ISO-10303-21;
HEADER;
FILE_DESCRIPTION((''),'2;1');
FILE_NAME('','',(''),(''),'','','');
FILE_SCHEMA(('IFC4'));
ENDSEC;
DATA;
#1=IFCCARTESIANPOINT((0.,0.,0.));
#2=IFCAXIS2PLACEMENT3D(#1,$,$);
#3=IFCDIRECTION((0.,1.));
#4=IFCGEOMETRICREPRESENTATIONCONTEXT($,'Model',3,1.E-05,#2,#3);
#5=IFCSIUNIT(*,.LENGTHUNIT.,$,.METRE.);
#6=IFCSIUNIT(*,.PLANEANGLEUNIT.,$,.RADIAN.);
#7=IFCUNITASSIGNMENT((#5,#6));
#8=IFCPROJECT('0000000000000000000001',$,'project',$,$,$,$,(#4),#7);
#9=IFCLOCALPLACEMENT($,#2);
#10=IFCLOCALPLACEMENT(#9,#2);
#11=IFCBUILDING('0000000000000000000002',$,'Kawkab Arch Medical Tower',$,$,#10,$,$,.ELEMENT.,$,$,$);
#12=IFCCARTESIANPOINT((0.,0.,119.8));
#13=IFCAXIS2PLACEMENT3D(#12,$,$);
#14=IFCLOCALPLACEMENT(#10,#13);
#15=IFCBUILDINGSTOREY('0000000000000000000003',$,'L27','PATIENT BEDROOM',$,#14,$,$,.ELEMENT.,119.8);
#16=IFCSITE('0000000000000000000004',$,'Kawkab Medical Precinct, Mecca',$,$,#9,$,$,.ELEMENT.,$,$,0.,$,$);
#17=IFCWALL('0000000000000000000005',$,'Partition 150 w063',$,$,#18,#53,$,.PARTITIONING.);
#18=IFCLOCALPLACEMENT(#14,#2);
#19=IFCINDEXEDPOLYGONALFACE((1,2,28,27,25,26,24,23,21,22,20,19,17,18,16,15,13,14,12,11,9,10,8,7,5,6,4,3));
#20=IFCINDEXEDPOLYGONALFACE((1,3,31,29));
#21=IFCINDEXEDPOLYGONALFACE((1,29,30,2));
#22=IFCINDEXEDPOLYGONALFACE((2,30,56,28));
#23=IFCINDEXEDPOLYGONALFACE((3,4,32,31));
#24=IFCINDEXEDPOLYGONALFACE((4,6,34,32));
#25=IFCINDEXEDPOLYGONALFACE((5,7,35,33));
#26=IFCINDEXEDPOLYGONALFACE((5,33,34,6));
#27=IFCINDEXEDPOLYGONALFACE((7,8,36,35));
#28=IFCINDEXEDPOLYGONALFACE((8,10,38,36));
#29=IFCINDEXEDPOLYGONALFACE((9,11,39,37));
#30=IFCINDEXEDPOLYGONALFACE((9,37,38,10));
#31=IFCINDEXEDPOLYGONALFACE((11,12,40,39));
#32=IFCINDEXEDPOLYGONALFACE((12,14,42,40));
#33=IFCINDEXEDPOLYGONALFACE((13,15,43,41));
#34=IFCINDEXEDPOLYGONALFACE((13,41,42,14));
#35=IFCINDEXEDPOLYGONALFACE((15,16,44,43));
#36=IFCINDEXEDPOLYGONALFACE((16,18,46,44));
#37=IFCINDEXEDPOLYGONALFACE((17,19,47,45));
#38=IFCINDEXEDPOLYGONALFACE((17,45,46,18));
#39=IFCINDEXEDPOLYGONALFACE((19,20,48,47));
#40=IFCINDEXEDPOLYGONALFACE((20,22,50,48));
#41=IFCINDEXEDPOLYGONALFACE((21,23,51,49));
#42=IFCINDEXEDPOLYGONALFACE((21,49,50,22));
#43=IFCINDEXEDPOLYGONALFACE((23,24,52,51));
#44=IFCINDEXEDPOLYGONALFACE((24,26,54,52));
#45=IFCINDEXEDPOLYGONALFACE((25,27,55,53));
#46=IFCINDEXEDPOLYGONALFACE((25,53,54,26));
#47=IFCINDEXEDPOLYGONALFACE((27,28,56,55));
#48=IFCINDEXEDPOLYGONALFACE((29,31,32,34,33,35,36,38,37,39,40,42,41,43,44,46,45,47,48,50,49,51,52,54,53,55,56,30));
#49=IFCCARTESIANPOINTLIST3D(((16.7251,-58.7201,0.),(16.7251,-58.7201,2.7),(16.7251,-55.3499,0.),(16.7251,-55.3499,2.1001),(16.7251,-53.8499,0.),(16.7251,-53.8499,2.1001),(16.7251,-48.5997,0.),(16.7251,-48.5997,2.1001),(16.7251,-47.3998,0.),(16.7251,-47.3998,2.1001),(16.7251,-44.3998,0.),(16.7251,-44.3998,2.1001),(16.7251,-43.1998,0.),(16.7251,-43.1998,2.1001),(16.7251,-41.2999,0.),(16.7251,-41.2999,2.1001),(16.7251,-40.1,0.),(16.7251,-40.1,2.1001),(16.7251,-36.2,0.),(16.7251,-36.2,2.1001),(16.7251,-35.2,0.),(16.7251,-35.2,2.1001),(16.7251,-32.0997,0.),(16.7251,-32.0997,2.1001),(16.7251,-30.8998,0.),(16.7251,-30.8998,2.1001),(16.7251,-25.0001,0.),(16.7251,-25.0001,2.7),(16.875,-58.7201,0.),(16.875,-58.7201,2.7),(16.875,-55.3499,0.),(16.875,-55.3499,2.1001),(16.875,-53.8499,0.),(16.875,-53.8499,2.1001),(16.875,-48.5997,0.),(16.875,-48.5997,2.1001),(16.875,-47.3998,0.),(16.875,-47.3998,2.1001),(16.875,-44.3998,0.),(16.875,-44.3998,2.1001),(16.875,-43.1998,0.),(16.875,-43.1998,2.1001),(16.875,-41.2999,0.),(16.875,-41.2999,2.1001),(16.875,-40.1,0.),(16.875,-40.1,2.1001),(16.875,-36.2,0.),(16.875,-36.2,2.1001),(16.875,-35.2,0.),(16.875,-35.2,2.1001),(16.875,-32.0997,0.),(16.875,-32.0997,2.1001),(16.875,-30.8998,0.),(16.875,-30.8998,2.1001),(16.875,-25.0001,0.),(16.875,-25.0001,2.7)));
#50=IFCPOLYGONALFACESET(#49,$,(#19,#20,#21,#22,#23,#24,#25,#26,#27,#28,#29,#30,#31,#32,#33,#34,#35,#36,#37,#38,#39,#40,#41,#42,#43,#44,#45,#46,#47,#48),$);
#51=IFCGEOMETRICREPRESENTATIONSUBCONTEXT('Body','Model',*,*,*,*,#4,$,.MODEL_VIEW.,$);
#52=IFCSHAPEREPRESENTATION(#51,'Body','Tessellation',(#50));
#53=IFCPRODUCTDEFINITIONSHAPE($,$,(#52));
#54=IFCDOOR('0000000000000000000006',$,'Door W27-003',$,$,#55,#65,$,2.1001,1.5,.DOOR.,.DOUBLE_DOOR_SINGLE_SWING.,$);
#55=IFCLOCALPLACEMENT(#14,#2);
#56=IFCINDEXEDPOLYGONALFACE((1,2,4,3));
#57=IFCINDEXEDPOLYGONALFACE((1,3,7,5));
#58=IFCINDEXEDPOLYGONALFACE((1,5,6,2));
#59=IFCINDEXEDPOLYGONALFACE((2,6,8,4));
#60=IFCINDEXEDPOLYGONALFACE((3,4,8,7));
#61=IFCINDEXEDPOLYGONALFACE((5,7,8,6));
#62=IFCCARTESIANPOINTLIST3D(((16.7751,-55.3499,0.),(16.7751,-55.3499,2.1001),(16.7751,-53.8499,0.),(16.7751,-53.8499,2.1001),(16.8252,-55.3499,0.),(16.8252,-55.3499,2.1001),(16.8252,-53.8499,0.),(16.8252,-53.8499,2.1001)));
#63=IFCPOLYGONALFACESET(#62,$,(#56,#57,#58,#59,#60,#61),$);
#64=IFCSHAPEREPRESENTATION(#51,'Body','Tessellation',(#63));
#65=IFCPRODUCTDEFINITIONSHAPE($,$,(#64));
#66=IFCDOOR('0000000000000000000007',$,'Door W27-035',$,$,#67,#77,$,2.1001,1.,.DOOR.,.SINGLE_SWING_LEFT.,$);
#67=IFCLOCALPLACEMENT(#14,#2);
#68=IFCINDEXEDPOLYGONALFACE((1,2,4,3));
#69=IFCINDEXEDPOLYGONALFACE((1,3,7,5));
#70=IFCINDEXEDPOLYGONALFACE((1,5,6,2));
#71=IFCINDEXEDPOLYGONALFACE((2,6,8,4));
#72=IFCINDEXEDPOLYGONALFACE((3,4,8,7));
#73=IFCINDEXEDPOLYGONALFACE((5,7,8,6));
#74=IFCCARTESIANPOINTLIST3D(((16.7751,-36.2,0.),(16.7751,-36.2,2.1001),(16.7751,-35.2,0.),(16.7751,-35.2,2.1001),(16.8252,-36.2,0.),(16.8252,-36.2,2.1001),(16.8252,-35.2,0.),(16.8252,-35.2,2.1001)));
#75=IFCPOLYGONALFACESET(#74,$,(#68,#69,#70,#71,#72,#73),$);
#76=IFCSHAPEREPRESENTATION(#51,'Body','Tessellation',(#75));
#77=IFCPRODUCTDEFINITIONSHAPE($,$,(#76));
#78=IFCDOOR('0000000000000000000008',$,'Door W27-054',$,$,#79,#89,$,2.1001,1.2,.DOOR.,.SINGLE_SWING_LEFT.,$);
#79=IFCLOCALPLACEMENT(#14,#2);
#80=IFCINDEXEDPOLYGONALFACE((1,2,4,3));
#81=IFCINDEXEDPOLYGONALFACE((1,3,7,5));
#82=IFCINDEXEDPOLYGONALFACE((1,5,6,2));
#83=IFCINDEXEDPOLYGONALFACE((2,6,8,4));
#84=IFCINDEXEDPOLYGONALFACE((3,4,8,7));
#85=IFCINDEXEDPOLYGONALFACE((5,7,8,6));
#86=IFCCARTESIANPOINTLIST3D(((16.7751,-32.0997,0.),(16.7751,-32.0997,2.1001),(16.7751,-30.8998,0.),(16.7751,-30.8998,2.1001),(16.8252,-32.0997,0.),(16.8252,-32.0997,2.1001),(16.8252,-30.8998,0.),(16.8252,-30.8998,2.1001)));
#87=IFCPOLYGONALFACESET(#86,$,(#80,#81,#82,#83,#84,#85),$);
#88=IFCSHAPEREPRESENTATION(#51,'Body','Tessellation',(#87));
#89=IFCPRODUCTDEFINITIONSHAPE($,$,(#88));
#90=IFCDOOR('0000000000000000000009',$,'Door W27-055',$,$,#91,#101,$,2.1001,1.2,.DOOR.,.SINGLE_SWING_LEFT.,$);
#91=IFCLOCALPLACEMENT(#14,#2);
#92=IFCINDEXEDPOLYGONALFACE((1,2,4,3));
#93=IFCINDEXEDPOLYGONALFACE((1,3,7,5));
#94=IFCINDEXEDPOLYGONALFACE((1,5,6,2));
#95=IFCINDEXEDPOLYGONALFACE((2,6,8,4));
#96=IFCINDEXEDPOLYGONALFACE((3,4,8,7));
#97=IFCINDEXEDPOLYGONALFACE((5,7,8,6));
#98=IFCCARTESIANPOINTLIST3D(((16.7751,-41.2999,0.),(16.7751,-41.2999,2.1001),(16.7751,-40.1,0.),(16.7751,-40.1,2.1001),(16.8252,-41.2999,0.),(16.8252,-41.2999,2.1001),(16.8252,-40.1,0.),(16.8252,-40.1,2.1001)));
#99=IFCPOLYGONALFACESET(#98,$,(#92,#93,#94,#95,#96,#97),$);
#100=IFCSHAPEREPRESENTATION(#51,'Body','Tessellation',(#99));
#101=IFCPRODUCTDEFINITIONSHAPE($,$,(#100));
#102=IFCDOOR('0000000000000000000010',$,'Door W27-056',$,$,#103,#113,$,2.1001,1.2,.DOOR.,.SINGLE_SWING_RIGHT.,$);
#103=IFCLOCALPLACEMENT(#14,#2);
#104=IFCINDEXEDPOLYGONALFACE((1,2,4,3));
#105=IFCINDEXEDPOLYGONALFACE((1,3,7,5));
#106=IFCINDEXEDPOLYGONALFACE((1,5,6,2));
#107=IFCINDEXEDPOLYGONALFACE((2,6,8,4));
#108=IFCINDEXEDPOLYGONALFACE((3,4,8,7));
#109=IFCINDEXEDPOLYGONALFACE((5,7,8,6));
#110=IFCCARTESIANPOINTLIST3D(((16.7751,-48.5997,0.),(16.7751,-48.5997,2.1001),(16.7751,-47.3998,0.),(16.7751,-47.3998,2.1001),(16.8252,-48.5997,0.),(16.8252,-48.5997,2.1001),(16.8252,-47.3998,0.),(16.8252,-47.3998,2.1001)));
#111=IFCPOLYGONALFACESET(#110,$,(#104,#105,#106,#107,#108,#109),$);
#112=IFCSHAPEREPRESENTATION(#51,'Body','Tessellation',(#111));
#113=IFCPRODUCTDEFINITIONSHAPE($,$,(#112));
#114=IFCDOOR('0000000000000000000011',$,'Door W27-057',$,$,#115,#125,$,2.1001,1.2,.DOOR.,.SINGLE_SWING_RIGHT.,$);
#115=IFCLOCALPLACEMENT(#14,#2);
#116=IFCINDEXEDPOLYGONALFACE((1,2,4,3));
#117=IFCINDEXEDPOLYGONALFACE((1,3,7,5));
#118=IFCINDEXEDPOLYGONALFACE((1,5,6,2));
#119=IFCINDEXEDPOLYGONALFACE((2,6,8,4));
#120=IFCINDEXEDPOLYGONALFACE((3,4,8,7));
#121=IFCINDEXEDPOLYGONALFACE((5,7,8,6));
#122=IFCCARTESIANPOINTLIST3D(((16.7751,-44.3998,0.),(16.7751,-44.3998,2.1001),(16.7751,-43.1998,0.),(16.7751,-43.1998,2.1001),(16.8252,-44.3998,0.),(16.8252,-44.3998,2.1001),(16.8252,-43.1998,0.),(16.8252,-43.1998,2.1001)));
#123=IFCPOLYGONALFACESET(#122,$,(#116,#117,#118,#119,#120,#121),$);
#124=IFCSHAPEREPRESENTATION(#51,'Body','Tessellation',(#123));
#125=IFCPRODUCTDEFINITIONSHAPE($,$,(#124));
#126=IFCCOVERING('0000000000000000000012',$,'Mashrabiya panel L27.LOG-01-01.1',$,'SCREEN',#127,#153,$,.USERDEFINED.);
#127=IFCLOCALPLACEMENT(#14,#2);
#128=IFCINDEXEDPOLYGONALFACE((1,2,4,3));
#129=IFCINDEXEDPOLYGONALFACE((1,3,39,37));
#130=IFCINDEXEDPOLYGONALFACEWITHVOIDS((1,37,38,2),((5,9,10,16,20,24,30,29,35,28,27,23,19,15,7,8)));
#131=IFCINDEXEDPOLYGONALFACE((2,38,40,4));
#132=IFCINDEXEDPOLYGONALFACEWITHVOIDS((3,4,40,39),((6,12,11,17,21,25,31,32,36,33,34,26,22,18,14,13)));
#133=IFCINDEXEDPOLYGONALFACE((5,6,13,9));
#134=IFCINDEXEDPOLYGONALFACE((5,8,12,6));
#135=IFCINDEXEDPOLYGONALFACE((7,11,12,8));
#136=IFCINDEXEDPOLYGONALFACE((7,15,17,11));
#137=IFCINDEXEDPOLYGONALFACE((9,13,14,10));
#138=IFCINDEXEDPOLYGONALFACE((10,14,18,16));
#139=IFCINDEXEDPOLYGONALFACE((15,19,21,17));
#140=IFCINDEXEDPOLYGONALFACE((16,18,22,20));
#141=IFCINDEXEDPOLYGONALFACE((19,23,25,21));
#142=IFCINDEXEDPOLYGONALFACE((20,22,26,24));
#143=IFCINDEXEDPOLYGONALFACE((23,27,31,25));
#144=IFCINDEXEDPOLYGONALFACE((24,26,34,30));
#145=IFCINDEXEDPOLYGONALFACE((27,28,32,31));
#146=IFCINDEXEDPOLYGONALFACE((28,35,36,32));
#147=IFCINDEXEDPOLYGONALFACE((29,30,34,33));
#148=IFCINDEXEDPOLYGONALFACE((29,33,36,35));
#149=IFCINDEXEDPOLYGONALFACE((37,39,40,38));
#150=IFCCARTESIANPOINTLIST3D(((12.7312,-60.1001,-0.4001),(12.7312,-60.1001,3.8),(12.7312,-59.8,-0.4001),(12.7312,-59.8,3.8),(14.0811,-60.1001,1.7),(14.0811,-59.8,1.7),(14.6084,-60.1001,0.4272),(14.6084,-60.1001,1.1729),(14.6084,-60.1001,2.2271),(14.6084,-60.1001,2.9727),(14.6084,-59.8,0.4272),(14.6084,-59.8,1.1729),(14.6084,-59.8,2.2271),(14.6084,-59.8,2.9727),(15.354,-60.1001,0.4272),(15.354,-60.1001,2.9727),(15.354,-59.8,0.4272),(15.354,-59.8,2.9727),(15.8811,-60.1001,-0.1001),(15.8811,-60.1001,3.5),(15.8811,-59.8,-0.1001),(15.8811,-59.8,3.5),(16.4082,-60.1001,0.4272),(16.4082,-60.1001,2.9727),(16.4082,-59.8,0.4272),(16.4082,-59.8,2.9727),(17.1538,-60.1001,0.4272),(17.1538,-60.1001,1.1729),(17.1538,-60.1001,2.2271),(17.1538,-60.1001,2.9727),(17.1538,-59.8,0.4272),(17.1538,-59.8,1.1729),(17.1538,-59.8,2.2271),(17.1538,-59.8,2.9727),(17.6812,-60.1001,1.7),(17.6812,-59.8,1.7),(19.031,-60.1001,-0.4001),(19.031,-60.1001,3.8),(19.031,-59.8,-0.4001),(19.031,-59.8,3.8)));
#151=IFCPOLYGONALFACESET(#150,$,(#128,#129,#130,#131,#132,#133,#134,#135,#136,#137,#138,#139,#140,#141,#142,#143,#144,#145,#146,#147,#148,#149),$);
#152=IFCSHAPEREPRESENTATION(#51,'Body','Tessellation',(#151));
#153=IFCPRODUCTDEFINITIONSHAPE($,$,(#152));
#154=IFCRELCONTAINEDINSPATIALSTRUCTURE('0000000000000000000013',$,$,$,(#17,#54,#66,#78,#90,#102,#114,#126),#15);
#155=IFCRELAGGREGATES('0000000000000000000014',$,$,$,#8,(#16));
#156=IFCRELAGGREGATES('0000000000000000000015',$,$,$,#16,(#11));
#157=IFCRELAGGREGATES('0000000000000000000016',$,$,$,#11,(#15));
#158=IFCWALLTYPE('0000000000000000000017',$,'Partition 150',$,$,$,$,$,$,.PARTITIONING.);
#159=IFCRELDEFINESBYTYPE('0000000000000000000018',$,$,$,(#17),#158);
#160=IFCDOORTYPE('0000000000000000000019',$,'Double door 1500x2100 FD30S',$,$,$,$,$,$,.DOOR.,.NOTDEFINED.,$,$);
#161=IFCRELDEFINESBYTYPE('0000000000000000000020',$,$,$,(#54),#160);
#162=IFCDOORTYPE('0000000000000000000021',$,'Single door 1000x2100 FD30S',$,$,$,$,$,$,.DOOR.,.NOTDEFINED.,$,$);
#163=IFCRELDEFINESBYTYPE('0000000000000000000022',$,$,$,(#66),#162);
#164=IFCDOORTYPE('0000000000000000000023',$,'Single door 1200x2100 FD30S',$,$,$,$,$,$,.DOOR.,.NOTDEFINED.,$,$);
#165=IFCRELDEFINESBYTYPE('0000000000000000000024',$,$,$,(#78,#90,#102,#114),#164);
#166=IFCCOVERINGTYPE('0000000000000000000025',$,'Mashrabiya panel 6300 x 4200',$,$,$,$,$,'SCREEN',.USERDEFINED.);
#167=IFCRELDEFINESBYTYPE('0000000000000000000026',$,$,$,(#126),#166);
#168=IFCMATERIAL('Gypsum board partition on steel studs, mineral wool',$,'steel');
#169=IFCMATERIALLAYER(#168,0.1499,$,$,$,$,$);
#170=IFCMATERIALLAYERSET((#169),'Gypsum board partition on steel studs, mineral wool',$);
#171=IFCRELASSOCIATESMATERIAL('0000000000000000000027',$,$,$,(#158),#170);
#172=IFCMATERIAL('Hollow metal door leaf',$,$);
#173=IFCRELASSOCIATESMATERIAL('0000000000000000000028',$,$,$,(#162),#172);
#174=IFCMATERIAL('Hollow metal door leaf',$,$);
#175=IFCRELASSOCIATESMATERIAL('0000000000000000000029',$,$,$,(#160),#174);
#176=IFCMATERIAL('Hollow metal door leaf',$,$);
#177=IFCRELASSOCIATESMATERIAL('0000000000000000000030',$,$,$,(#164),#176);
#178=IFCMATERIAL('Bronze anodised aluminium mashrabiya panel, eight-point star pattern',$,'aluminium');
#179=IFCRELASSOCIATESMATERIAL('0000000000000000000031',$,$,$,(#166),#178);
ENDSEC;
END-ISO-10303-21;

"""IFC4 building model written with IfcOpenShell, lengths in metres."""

from ifc_helpers import new_model, si_unit, direction, frame, frame_2d, origin, place, context, subcontext, project, spatial, polyline, rectangle, outline, extrude, material, layer, layer_set, material_profile, profile_set, type_object, element, fill, save


model = new_model("IFC4")

# Units and contexts
model_context = context("Model", 3, precision=1e-05, world=origin(), true_north=direction((0.0, 1.0)))
body_context = subcontext(model_context, "Body", "Model", "MODEL_VIEW")
ifc_project = project(units=[si_unit("LENGTHUNIT", "METRE"), si_unit("PLANEANGLEUNIT", "RADIAN")], contexts=[model_context])

# Site, building, storey
site_placement = place(None, origin())
site = spatial("IfcSite", under=ifc_project, at=site_placement, Name="Kawkab Medical Precinct, Mecca", CompositionType="ELEMENT", RefElevation=0.0)
building_placement = place(site_placement, origin())
building = spatial("IfcBuilding", under=site, at=building_placement, Name="Kawkab Arch Medical Tower", CompositionType="ELEMENT")
storey_placement = place(building_placement, frame((0.0, 0.0, 119.8)))
storey = spatial("IfcBuildingStorey", under=building, at=storey_placement, Name="L27", Description="PATIENT BEDROOM", CompositionType="ELEMENT", Elevation=119.8)

# Shared definitions
ifc_material_1 = material(Name="Gypsum board partition on steel studs, mineral wool", Category="steel")
ifc_layer_1 = layer(ifc_material_1, 0.1499)
ifc_layer_set_1 = layer_set([ifc_layer_1], Name="Gypsum board partition on steel studs, mineral wool")
wall_type = type_object("IfcWallType", Name="Partition 150", PredefinedType="PARTITIONING", material=ifc_layer_set_1)

# Wall, openings, doors
ifc_material_2 = material(Name="Hollow metal door leaf")
door_type_1 = type_object("IfcDoorType", Name="Single door 1000x2100 FD30S", OperationType="NOTDEFINED", PredefinedType="DOOR", material=ifc_material_2)
wall_1_placement = place(storey_placement, frame((16.8, -58.72, 0.0), z_axis=(0.0, 0.0, 1.0), x_axis=(0.0, 1.0, 0.0)))
wall_1 = element("IfcWall", 1, at=wall_1_placement, inside=storey, type_object=wall_type, Name="Partition 150 w063", PredefinedType="PARTITIONING", context=body_context, shape_type="SweptSolid", body=[
    extrude(rectangle(XDim=33.72, YDim=0.1499, at=frame_2d((16.8599, 0.0))), origin(), (0.0, 0.0, 1.0), 2.7),
])
opening_1_placement = place(wall_1_placement, frame((26.6201, 0.0, 0.0)))
opening_1 = element("IfcOpeningElement", 2, at=opening_1_placement, cuts=wall_1, PredefinedType="OPENING", context=body_context, shape_type="SweptSolid", body=[
    extrude(rectangle(XDim=1.2, YDim=2.1001, at=frame_2d((0.6001, 1.05))), frame((0.0, 0.085, 0.0), z_axis=(0.0, -1.0, 0.0), x_axis=(1.0, 0.0, 0.0)), (0.0, 0.0, 1.0), 0.1699),
])
opening_2_placement = place(wall_1_placement, frame((22.52, 0.0, 0.0)))
opening_2 = element("IfcOpeningElement", 3, at=opening_2_placement, cuts=wall_1, PredefinedType="OPENING", context=body_context, shape_type="SweptSolid", body=[
    extrude(rectangle(XDim=1.0, YDim=2.1001, at=frame_2d((0.5, 1.05))), frame((0.0, 0.085, 0.0), z_axis=(0.0, -1.0, 0.0), x_axis=(1.0, 0.0, 0.0)), (0.0, 0.0, 1.0), 0.1699),
])
opening_3_placement = place(wall_1_placement, frame((17.4199, 0.0, 0.0)))
opening_3 = element("IfcOpeningElement", 4, at=opening_3_placement, cuts=wall_1, PredefinedType="OPENING", context=body_context, shape_type="SweptSolid", body=[
    extrude(rectangle(XDim=1.2, YDim=2.1001, at=frame_2d((0.6001, 1.05))), frame((0.0, 0.085, 0.0), z_axis=(0.0, -1.0, 0.0), x_axis=(1.0, 0.0, 0.0)), (0.0, 0.0, 1.0), 0.1699),
])
opening_4_placement = place(wall_1_placement, frame((10.1201, 0.0, 0.0)))
opening_4 = element("IfcOpeningElement", 5, at=opening_4_placement, cuts=wall_1, PredefinedType="OPENING", context=body_context, shape_type="SweptSolid", body=[
    extrude(rectangle(XDim=1.2, YDim=2.1001, at=frame_2d((0.6001, 1.05))), frame((0.0, 0.085, 0.0), z_axis=(0.0, -1.0, 0.0), x_axis=(1.0, 0.0, 0.0)), (0.0, 0.0, 1.0), 0.1699),
])
opening_5_placement = place(wall_1_placement, frame((14.3201, 0.0, 0.0)))
opening_5 = element("IfcOpeningElement", 6, at=opening_5_placement, cuts=wall_1, PredefinedType="OPENING", context=body_context, shape_type="SweptSolid", body=[
    extrude(rectangle(XDim=1.2, YDim=2.1001, at=frame_2d((0.6001, 1.05))), frame((0.0, 0.085, 0.0), z_axis=(0.0, -1.0, 0.0), x_axis=(1.0, 0.0, 0.0)), (0.0, 0.0, 1.0), 0.1699),
])
opening_6_placement = place(wall_1_placement, frame((3.3701, 0.0, 0.0)))
opening_6 = element("IfcOpeningElement", 7, at=opening_6_placement, cuts=wall_1, PredefinedType="OPENING", context=body_context, shape_type="SweptSolid", body=[
    extrude(rectangle(XDim=1.5, YDim=2.1001, at=frame_2d((0.75, 1.05))), frame((0.0, 0.085, 0.0), z_axis=(0.0, -1.0, 0.0), x_axis=(1.0, 0.0, 0.0)), (0.0, 0.0, 1.0), 0.1699),
])
ifc_material_3 = material(Name="Hollow metal door leaf")
door_type_2 = type_object("IfcDoorType", Name="Double door 1500x2100 FD30S", OperationType="NOTDEFINED", PredefinedType="DOOR", material=ifc_material_3)
door_1_placement = place(opening_6_placement, origin())
door_1 = element("IfcDoor", 8, at=door_1_placement, inside=storey, type_object=door_type_2, Name="Door W27-003", OperationType="DOUBLE_DOOR_SINGLE_SWING", OverallHeight=2.1001, OverallWidth=1.5, PredefinedType="DOOR", context=body_context, shape_type="SweptSolid", body=[
    extrude(rectangle(XDim=1.5, YDim=2.1001, at=frame_2d((0.75, 1.05))), frame((0.0, 0.0249, 0.0), z_axis=(0.0, -1.0, 0.0), x_axis=(1.0, 0.0, 0.0)), (0.0, 0.0, 1.0), 0.05),
])
fill(opening_6, door_1)
door_2_placement = place(opening_2_placement, origin())
door_2 = element("IfcDoor", 9, at=door_2_placement, inside=storey, type_object=door_type_1, Name="Door W27-035", OperationType="SINGLE_SWING_LEFT", OverallHeight=2.1001, OverallWidth=1.0, PredefinedType="DOOR", context=body_context, shape_type="SweptSolid", body=[
    extrude(rectangle(XDim=1.0, YDim=2.1001, at=frame_2d((0.5, 1.05))), frame((0.0, 0.0249, 0.0), z_axis=(0.0, -1.0, 0.0), x_axis=(1.0, 0.0, 0.0)), (0.0, 0.0, 1.0), 0.05),
])
fill(opening_2, door_2)
ifc_material_4 = material(Name="Hollow metal door leaf")
door_type_3 = type_object("IfcDoorType", Name="Single door 1200x2100 FD30S", OperationType="NOTDEFINED", PredefinedType="DOOR", material=ifc_material_4)
door_3_placement = place(opening_1_placement, origin())
door_3 = element("IfcDoor", 10, at=door_3_placement, inside=storey, type_object=door_type_3, Name="Door W27-054", OperationType="SINGLE_SWING_LEFT", OverallHeight=2.1001, OverallWidth=1.2, PredefinedType="DOOR", context=body_context, shape_type="SweptSolid", body=[
    extrude(rectangle(XDim=1.2, YDim=2.1001, at=frame_2d((0.6001, 1.05))), frame((0.0, 0.0249, 0.0), z_axis=(0.0, -1.0, 0.0), x_axis=(1.0, 0.0, 0.0)), (0.0, 0.0, 1.0), 0.05),
])
fill(opening_1, door_3)
door_4_placement = place(opening_3_placement, origin())
door_4 = element("IfcDoor", 11, at=door_4_placement, inside=storey, type_object=door_type_3, Name="Door W27-055", OperationType="SINGLE_SWING_LEFT", OverallHeight=2.1001, OverallWidth=1.2, PredefinedType="DOOR", context=body_context, shape_type="SweptSolid", body=[
    extrude(rectangle(XDim=1.2, YDim=2.1001, at=frame_2d((0.6001, 1.05))), frame((0.0, 0.0249, 0.0), z_axis=(0.0, -1.0, 0.0), x_axis=(1.0, 0.0, 0.0)), (0.0, 0.0, 1.0), 0.05),
])
fill(opening_3, door_4)
door_5_placement = place(opening_4_placement, origin())
door_5 = element("IfcDoor", 12, at=door_5_placement, inside=storey, type_object=door_type_3, Name="Door W27-056", OperationType="SINGLE_SWING_RIGHT", OverallHeight=2.1001, OverallWidth=1.2, PredefinedType="DOOR", context=body_context, shape_type="SweptSolid", body=[
    extrude(rectangle(XDim=1.2, YDim=2.1001, at=frame_2d((0.6001, 1.05))), frame((0.0, 0.0249, 0.0), z_axis=(0.0, -1.0, 0.0), x_axis=(1.0, 0.0, 0.0)), (0.0, 0.0, 1.0), 0.05),
])
fill(opening_4, door_5)
door_6_placement = place(opening_5_placement, origin())
door_6 = element("IfcDoor", 13, at=door_6_placement, inside=storey, type_object=door_type_3, Name="Door W27-057", OperationType="SINGLE_SWING_RIGHT", OverallHeight=2.1001, OverallWidth=1.2, PredefinedType="DOOR", context=body_context, shape_type="SweptSolid", body=[
    extrude(rectangle(XDim=1.2, YDim=2.1001, at=frame_2d((0.6001, 1.05))), frame((0.0, 0.0249, 0.0), z_axis=(0.0, -1.0, 0.0), x_axis=(1.0, 0.0, 0.0)), (0.0, 0.0, 1.0), 0.05),
])
fill(opening_5, door_6)

# Covering
ifc_material_5 = material(Name="Bronze anodised aluminium mashrabiya panel, eight-point star pattern", Category="aluminium")
ifc_material_profile_1 = material_profile(ifc_material_5, outline(polyline([(-3.1499, -2.1001), (3.1499, -2.1001), (3.1499, 2.1001), (-3.1499, 2.1001), (-3.1499, -2.1001)]), holes=[polyline([(1.8, 0.0), (1.2727, 0.5271), (1.2727, 1.2727), (0.5271, 1.2727), (0.0, 1.8), (-0.5271, 1.2727), (-1.2727, 1.2727), (-1.2727, 0.5271), (-1.8, 0.0), (-1.2727, -0.5271), (-1.2727, -1.2727), (-0.5271, -1.2727), (0.0, -1.8), (0.5271, -1.2727), (1.2727, -1.2727), (1.2727, -0.5271), (1.8, 0.0)])]), Name="Mashrabiya panel 6300x4200")
ifc_profile_set_1 = profile_set([ifc_material_profile_1], Name="Bronze anodised aluminium mashrabiya panel, eight-point star pattern")
covering_type_1 = type_object("IfcCoveringType", Name="Mashrabiya panel 6300 x 4200", ElementType="SCREEN", PredefinedType="USERDEFINED", material=ifc_profile_set_1)
covering_1_placement = place(storey_placement, frame((15.8811, -59.8, 1.7), z_axis=(0.0, -1.0, 0.0), x_axis=(1.0, 0.0, 0.0)))
element("IfcCovering", 14, at=covering_1_placement, inside=storey, type_object=covering_type_1, Name="Mashrabiya panel L27.LOG-01-01.1", ObjectType="SCREEN", PredefinedType="USERDEFINED", context=body_context, shape_type="SweptSolid", body=[
    extrude(outline(polyline([(-3.1499, -2.1001), (3.1499, -2.1001), (3.1499, 2.1001), (-3.1499, 2.1001), (-3.1499, -2.1001)]), holes=[polyline([(1.8, 0.0), (1.2727, 0.5271), (1.2727, 1.2727), (0.5271, 1.2727), (0.0, 1.8), (-0.5271, 1.2727), (-1.2727, 1.2727), (-1.2727, 0.5271), (-1.8, 0.0), (-1.2727, -0.5271), (-1.2727, -1.2727), (-0.5271, -1.2727), (0.0, -1.8), (0.5271, -1.2727), (1.2727, -1.2727), (1.2727, -0.5271), (1.8, 0.0)])]), origin(), (0.0, 0.0, 1.0), 0.3),
])

save(model, "model.ifc")
